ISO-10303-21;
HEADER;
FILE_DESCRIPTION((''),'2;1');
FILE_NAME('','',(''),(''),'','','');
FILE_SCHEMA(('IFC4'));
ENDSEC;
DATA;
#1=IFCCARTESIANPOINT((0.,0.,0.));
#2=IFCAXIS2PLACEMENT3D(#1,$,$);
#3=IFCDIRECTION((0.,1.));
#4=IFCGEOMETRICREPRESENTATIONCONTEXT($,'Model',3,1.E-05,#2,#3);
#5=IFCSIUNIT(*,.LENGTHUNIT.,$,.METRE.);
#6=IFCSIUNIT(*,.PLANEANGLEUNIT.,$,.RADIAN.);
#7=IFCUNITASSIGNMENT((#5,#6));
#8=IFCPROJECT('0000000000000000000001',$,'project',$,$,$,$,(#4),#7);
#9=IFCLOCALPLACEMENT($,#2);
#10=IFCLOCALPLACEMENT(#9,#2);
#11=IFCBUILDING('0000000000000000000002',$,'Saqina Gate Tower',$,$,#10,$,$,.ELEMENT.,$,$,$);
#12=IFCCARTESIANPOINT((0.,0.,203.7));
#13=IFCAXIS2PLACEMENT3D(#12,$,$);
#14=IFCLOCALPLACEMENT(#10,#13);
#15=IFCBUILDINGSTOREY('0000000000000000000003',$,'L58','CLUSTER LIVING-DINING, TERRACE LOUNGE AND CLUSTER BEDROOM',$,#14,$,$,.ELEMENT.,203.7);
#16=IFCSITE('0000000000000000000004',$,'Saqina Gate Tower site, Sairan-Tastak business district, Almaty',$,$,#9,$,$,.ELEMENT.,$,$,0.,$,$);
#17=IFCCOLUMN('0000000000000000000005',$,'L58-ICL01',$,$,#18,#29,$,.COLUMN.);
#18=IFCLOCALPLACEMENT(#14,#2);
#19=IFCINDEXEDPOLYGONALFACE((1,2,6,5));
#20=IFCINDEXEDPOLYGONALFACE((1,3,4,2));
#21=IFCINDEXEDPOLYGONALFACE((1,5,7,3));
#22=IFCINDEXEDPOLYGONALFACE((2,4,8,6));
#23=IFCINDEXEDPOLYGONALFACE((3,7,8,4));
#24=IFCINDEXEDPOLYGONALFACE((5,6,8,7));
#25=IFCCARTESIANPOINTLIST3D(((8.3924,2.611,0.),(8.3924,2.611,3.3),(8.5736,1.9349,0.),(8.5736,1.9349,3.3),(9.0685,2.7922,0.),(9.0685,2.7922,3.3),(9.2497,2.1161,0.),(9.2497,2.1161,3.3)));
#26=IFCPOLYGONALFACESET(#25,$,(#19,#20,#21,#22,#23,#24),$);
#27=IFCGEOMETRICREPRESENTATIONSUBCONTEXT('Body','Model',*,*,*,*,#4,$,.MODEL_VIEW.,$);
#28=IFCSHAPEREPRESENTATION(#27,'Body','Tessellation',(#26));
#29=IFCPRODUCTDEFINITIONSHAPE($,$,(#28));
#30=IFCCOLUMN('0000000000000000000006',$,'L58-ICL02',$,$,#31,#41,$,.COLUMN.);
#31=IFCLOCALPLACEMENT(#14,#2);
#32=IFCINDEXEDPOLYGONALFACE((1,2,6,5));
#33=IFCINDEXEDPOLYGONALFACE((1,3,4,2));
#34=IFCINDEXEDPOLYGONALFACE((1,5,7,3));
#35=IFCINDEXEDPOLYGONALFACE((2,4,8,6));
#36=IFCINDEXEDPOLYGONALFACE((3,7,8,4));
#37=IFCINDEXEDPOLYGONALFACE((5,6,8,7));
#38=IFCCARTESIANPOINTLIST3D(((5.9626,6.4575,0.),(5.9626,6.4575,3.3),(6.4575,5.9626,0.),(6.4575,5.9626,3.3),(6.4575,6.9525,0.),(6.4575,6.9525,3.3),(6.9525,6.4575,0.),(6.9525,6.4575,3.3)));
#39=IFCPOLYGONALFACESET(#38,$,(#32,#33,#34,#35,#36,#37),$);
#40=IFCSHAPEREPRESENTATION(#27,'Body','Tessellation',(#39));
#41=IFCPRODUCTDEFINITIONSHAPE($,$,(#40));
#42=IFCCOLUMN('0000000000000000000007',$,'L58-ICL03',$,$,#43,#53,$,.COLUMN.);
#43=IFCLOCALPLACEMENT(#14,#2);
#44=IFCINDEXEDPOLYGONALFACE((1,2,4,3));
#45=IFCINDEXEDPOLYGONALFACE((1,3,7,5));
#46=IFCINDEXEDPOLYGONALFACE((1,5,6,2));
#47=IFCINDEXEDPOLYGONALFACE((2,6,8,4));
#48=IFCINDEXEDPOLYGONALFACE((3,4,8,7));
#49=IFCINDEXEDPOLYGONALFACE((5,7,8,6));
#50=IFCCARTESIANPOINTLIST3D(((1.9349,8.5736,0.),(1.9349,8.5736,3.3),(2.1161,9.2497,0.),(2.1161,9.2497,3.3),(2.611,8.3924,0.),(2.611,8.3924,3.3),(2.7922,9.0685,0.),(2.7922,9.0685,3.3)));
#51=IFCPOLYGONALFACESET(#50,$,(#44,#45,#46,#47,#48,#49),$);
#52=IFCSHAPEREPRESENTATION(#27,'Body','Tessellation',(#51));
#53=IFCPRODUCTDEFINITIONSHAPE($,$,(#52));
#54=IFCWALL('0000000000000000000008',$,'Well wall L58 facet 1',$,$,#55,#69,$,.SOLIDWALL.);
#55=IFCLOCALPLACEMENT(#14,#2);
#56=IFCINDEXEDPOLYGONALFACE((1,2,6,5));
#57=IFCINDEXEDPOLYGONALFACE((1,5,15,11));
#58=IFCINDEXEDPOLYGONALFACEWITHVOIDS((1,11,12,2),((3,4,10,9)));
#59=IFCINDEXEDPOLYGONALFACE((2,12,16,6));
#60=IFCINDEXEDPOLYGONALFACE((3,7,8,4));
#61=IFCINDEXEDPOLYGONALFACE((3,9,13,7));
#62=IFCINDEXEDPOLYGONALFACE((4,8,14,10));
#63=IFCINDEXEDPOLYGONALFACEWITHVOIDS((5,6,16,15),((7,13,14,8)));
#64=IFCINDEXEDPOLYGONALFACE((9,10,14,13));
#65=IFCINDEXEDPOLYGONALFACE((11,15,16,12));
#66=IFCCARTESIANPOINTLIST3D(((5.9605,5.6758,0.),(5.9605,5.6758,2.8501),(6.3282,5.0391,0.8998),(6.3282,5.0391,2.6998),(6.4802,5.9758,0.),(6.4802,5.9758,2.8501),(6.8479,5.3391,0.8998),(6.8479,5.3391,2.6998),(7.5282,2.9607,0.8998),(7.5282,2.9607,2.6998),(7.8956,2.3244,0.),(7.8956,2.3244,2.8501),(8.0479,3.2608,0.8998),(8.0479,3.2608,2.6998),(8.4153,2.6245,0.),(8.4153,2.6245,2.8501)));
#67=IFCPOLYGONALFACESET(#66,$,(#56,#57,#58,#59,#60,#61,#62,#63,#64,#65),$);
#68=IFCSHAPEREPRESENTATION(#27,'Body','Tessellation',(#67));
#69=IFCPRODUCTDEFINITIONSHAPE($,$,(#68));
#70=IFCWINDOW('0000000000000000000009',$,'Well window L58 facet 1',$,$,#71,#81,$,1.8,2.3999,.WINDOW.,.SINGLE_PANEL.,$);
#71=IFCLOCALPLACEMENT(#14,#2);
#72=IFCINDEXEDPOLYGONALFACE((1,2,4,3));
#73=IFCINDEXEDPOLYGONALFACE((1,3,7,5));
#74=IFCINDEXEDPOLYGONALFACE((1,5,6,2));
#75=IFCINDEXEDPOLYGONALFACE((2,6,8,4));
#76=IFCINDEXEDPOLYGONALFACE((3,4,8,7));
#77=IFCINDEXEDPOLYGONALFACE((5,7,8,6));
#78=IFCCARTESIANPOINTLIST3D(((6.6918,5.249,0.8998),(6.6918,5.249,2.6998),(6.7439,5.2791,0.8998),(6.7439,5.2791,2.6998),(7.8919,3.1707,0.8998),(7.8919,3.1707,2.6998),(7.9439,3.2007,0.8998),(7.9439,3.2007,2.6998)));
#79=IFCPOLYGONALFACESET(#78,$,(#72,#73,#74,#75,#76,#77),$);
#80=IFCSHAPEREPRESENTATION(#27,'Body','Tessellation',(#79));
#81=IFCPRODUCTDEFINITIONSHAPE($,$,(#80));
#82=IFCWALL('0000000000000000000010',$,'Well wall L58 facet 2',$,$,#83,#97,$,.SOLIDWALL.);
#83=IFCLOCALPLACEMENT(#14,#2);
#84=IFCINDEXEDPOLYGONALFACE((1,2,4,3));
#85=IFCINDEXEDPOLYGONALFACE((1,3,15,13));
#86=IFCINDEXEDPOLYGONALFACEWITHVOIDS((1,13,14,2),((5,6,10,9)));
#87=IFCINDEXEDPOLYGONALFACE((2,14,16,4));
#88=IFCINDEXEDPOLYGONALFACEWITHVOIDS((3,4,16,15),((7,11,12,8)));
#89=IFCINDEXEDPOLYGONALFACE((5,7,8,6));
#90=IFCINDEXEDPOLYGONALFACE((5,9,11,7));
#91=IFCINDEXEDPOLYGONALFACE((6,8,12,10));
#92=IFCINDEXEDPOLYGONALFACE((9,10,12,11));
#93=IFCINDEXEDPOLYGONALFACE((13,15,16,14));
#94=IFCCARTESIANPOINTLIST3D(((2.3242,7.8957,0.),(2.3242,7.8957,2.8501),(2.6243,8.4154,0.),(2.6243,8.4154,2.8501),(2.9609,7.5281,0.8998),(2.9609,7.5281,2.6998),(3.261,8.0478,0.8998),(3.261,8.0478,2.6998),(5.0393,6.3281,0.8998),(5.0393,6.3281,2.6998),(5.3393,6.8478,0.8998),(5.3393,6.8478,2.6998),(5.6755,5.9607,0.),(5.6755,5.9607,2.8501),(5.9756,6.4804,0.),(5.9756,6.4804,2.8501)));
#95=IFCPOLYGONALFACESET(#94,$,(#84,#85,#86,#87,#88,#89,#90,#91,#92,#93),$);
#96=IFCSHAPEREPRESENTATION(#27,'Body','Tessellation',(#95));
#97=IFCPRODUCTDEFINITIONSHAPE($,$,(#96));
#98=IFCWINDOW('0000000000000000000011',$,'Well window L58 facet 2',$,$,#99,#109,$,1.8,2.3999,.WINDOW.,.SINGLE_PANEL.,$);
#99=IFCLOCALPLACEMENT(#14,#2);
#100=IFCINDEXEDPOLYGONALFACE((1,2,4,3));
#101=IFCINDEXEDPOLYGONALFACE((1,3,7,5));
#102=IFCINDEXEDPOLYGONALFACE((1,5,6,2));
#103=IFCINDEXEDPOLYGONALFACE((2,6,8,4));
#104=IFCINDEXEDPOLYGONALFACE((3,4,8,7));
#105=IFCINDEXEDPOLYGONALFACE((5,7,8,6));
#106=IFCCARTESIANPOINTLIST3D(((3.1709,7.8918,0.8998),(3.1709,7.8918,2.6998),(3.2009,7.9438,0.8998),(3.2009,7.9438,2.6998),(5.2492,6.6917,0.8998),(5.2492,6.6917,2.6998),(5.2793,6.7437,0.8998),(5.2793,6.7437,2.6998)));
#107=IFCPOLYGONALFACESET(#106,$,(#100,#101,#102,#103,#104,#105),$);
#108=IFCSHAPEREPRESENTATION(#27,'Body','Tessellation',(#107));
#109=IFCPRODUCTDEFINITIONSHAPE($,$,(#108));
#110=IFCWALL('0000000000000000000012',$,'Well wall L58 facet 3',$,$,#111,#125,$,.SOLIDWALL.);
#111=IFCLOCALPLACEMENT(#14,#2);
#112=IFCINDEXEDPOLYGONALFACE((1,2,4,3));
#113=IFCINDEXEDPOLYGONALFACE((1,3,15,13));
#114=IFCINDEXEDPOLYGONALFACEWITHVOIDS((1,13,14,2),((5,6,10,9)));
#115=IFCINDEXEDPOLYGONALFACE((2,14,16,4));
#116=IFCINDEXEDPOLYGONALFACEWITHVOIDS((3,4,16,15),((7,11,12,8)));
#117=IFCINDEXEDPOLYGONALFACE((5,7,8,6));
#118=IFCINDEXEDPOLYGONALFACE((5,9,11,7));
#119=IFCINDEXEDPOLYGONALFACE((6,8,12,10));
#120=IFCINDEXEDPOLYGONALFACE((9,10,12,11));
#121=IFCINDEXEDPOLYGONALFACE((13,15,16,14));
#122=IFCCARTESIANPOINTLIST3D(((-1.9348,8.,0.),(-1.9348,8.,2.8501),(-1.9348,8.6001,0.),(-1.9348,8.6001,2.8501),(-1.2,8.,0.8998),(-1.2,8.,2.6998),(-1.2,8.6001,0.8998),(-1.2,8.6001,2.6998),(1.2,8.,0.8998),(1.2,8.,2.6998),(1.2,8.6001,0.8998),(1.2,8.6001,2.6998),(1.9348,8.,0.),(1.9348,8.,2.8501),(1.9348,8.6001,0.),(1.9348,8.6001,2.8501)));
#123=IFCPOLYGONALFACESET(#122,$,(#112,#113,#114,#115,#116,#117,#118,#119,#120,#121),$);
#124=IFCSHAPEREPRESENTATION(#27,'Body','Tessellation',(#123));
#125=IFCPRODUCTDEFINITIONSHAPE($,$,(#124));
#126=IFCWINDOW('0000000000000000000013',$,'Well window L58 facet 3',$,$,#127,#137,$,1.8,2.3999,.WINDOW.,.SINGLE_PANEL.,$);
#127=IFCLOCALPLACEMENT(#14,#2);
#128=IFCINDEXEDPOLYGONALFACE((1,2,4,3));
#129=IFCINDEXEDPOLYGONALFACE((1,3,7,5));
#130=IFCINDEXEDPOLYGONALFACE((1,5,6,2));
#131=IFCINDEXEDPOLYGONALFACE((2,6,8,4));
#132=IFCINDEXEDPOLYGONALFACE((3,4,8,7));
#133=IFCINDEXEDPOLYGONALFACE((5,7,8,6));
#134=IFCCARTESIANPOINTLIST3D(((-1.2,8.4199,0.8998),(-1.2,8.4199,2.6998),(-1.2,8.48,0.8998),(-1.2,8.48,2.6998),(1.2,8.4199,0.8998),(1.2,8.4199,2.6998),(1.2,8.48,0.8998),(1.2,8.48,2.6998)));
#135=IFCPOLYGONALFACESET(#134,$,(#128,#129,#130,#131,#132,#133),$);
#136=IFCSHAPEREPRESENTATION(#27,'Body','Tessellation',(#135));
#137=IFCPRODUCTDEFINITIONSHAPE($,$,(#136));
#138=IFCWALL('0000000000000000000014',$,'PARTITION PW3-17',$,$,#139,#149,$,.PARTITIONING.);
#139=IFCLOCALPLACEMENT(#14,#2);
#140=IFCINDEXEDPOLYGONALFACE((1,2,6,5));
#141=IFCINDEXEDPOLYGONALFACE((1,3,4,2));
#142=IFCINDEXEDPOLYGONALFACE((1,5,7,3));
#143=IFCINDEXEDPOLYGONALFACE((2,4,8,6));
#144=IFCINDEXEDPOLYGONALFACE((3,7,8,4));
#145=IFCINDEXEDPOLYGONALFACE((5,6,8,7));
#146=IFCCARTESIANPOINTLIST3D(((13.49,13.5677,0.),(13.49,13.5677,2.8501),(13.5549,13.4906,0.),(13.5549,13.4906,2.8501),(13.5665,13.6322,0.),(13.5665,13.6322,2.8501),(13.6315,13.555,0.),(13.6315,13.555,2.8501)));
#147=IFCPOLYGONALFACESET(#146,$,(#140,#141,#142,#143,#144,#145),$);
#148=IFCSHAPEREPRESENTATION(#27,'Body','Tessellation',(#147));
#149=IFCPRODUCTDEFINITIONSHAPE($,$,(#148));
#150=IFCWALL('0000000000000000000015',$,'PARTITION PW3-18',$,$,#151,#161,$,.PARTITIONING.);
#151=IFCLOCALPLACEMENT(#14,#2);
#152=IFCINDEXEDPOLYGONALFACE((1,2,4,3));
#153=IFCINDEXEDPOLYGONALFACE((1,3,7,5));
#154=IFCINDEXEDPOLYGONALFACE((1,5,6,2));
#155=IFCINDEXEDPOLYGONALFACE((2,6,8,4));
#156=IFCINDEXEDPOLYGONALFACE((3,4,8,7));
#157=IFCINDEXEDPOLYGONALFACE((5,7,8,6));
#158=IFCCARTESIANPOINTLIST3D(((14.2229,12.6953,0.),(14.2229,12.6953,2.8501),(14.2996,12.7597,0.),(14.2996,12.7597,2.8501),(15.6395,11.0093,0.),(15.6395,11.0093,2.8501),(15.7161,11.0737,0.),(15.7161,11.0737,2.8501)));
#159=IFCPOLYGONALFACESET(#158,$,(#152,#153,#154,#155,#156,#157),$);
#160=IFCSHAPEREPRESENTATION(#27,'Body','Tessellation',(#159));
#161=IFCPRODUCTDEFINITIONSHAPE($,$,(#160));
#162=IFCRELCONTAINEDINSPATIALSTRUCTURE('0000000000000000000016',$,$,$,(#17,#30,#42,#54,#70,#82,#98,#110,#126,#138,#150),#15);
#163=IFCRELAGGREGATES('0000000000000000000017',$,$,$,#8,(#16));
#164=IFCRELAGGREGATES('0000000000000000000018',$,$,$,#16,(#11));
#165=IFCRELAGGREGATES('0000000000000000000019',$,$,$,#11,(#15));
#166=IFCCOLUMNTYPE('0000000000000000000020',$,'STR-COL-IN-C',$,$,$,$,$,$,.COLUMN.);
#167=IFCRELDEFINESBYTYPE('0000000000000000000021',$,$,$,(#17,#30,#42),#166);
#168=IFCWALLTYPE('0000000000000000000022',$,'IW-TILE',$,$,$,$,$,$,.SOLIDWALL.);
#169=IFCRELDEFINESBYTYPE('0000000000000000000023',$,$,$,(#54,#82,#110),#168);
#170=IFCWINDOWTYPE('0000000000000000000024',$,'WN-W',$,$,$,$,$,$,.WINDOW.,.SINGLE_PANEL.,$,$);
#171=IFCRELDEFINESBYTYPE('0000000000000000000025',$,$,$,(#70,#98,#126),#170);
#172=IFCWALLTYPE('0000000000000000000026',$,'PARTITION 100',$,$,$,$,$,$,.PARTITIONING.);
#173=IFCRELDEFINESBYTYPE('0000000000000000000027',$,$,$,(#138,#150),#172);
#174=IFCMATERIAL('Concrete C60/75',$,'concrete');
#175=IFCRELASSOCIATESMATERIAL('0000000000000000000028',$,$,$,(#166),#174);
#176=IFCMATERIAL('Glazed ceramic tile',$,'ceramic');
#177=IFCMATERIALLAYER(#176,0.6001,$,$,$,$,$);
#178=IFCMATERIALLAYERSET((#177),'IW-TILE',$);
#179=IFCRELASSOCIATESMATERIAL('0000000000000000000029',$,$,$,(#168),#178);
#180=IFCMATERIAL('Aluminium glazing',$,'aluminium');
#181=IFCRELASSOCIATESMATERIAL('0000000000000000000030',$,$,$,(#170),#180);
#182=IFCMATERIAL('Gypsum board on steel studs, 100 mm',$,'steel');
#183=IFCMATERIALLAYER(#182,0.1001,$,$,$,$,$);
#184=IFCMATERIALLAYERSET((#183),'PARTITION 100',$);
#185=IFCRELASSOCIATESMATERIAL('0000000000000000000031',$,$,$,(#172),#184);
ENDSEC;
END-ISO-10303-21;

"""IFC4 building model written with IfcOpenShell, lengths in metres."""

from ifc_helpers import new_model, si_unit, direction, frame, frame_2d, origin, origin_2d, place, context, subcontext, project, spatial, rectangle, extrude, material, layer, layer_set, material_profile, profile_set, type_object, element, fill, save


model = new_model("IFC4")

# Units and contexts
model_context = context("Model", 3, precision=1e-05, world=origin(), true_north=direction((0.0, 1.0)))
body_context = subcontext(model_context, "Body", "Model", "MODEL_VIEW")
ifc_project = project(units=[si_unit("LENGTHUNIT", "METRE"), si_unit("PLANEANGLEUNIT", "RADIAN")], contexts=[model_context])

# Site, building, storey
site_placement = place(None, origin())
site = spatial("IfcSite", under=ifc_project, at=site_placement, Name="Saqina Gate Tower site, Sairan-Tastak business district, Almaty", CompositionType="ELEMENT", RefElevation=0.0)
building_placement = place(site_placement, origin())
building = spatial("IfcBuilding", under=site, at=building_placement, Name="Saqina Gate Tower", CompositionType="ELEMENT")
storey_placement = place(building_placement, frame((0.0, 0.0, 203.7)))
storey = spatial("IfcBuildingStorey", under=building, at=storey_placement, Name="L58", Description="CLUSTER LIVING-DINING, TERRACE LOUNGE AND CLUSTER BEDROOM", CompositionType="ELEMENT", Elevation=203.7)

# Columns
ifc_material_1 = material(Name="Concrete C60/75", Category="concrete")
ifc_material_profile = material_profile(ifc_material_1, rectangle(XDim=0.7, YDim=0.7, at=origin_2d()), Name="RC 700x700")
ifc_profile_set = profile_set([ifc_material_profile], Name="Concrete C60/75")
column_type = type_object("IfcColumnType", Name="STR-COL-IN-C", PredefinedType="COLUMN", material=ifc_profile_set)
for number, where, z_axis, x_axis, name in (
    (1, (8.821, 2.3635, 0.0), (0.0, 0.0, 1.0), (0.965926, 0.258819, 0.0), "L58-ICL01"),
    (2, (6.4575, 6.4575, 0.0), (0.0, 0.0, 1.0), (0.707107, 0.707107, 0.0), "L58-ICL02"),
    (3, (2.3635, 8.821, 0.0), (0.0, 0.0, 1.0), (0.258819, 0.965926, 0.0), "L58-ICL03"),
):
    element("IfcColumn", number, at=place(storey_placement, frame(where, z_axis=z_axis, x_axis=x_axis)), inside=storey, type_object=column_type, Name=name, PredefinedType="COLUMN", context=body_context, shape_type="SweptSolid", body=[
        extrude(rectangle(XDim=0.7, YDim=0.7, at=origin_2d()), origin(), (0.0, 0.0, 1.0), 3.3),
    ])

# Walls, openings, windows
ifc_material_2 = material(Name="Glazed ceramic tile", Category="ceramic")
ifc_layer_1 = layer(ifc_material_2, 0.6001)
ifc_layer_set_1 = layer_set([ifc_layer_1], Name="IW-TILE")
wall_type_1 = type_object("IfcWallType", Name="IW-TILE", PredefinedType="SOLIDWALL", material=ifc_layer_set_1)
wall_1_placement = place(storey_placement, frame((8.1555, 2.4744, 0.0), z_axis=(0.0, 0.0, 1.0), x_axis=(-0.500034, 0.866006, 0.0)))
wall_1 = element("IfcWall", 4, at=wall_1_placement, inside=storey, type_object=wall_type_1, Name="Well wall L58 facet 1", PredefinedType="SOLIDWALL", context=body_context, shape_type="SweptSolid", body=[
    extrude(rectangle(XDim=3.8699, YDim=0.6001, at=frame_2d((1.9351, 0.0))), origin(), (0.0, 0.0, 1.0), 2.8501),
])
opening_1_placement = place(wall_1_placement, frame((0.7349, 0.0, 0.8999)))
opening_1 = element("IfcOpeningElement", 5, at=opening_1_placement, cuts=wall_1, PredefinedType="OPENING", context=body_context, shape_type="SweptSolid", body=[
    extrude(rectangle(XDim=2.3999, YDim=1.8, at=frame_2d((1.2, 0.8999))), frame((0.0, 0.312, 0.0), z_axis=(0.0, -1.0, 0.0), x_axis=(1.0, 0.0, 0.0)), (0.0, 0.0, 1.0), 0.624),
])
ifc_material_3 = material(Name="Aluminium glazing", Category="aluminium")
window_type = type_object("IfcWindowType", Name="WN-W", PartitioningType="SINGLE_PANEL", PredefinedType="WINDOW", material=ifc_material_3)
window_1_placement = place(opening_1_placement, origin())
window_1 = element("IfcWindow", 6, at=window_1_placement, inside=storey, type_object=window_type, Name="Well window L58 facet 1", OverallHeight=1.8, OverallWidth=2.3999, PartitioningType="SINGLE_PANEL", PredefinedType="WINDOW", context=body_context, shape_type="SweptSolid", body=[
    extrude(rectangle(XDim=2.3999, YDim=1.8, at=frame_2d((1.2, 0.8999))), frame((0.0, -0.1199, 0.0), z_axis=(0.0, -1.0, 0.0), x_axis=(1.0, 0.0, 0.0)), (0.0, 0.0, 1.0), 0.0601),
])
fill(opening_1, window_1)
wall_2_placement = place(storey_placement, frame((5.8257, 6.2205, 0.0), z_axis=(0.0, 0.0, 1.0), x_axis=(-0.866006, 0.500034, 0.0)))
wall_2 = element("IfcWall", 7, at=wall_2_placement, inside=storey, type_object=wall_type_1, Name="Well wall L58 facet 2", PredefinedType="SOLIDWALL", context=body_context, shape_type="SweptSolid", body=[
    extrude(rectangle(XDim=3.8699, YDim=0.6001, at=frame_2d((1.9351, 0.0))), origin(), (0.0, 0.0, 1.0), 2.8501),
])
opening_2_placement = place(wall_2_placement, frame((0.7349, 0.0, 0.8999)))
opening_2 = element("IfcOpeningElement", 8, at=opening_2_placement, cuts=wall_2, PredefinedType="OPENING", context=body_context, shape_type="SweptSolid", body=[
    extrude(rectangle(XDim=2.3999, YDim=1.8, at=frame_2d((1.2, 0.8999))), frame((0.0, 0.312, 0.0), z_axis=(0.0, -1.0, 0.0), x_axis=(1.0, 0.0, 0.0)), (0.0, 0.0, 1.0), 0.624),
])
window_2_placement = place(opening_2_placement, origin())
window_2 = element("IfcWindow", 9, at=window_2_placement, inside=storey, type_object=window_type, Name="Well window L58 facet 2", OverallHeight=1.8, OverallWidth=2.3999, PartitioningType="SINGLE_PANEL", PredefinedType="WINDOW", context=body_context, shape_type="SweptSolid", body=[
    extrude(rectangle(XDim=2.3999, YDim=1.8, at=frame_2d((1.2, 0.8999))), frame((0.0, -0.1199, 0.0), z_axis=(0.0, -1.0, 0.0), x_axis=(1.0, 0.0, 0.0)), (0.0, 0.0, 1.0), 0.0601),
])
fill(opening_2, window_2)
wall_3_placement = place(storey_placement, frame((1.9348, 8.3, 0.0), z_axis=(0.0, 0.0, 1.0), x_axis=(-1.0, 0.0, 0.0)))
wall_3 = element("IfcWall", 10, at=wall_3_placement, inside=storey, type_object=wall_type_1, Name="Well wall L58 facet 3", PredefinedType="SOLIDWALL", context=body_context, shape_type="SweptSolid", body=[
    extrude(rectangle(XDim=3.8696, YDim=0.6001, at=frame_2d((1.9348, 0.0))), origin(), (0.0, 0.0, 1.0), 2.8501),
])
opening_3_placement = place(wall_3_placement, frame((0.7349, 0.0, 0.8999)))
opening_3 = element("IfcOpeningElement", 11, at=opening_3_placement, cuts=wall_3, PredefinedType="OPENING", context=body_context, shape_type="SweptSolid", body=[
    extrude(rectangle(XDim=2.3999, YDim=1.8, at=frame_2d((1.2, 0.8999))), frame((0.0, 0.312, 0.0), z_axis=(0.0, -1.0, 0.0), x_axis=(1.0, 0.0, 0.0)), (0.0, 0.0, 1.0), 0.624),
])
window_3_placement = place(opening_3_placement, origin())
window_3 = element("IfcWindow", 12, at=window_3_placement, inside=storey, type_object=window_type, Name="Well window L58 facet 3", OverallHeight=1.8, OverallWidth=2.3999, PartitioningType="SINGLE_PANEL", PredefinedType="WINDOW", context=body_context, shape_type="SweptSolid", body=[
    extrude(rectangle(XDim=2.3999, YDim=1.8, at=frame_2d((1.2, 0.8999))), frame((0.0, -0.1199, 0.0), z_axis=(0.0, -1.0, 0.0), x_axis=(1.0, 0.0, 0.0)), (0.0, 0.0, 1.0), 0.0601),
])
fill(opening_3, window_3)

# Walls
ifc_material_4 = material(Name="Gypsum board on steel studs, 100 mm", Category="steel")
ifc_layer_2 = layer(ifc_material_4, 0.1001)
ifc_layer_set_2 = layer_set([ifc_layer_2], Name="PARTITION 100")
wall_type_2 = type_object("IfcWallType", Name="PARTITION 100", PredefinedType="PARTITIONING", material=ifc_layer_set_2)
wall_4_placement = place(storey_placement, frame((13.5283, 13.5999, 0.0), z_axis=(0.0, 0.0, 1.0), x_axis=(0.643987, -0.765037, 0.0)))
element("IfcWall", 13, at=wall_4_placement, inside=storey, type_object=wall_type_2, Name="PARTITION PW3-17", PredefinedType="PARTITIONING", context=body_context, shape_type="SweptSolid", body=[
    extrude(rectangle(XDim=0.1008, YDim=0.1001, at=frame_2d((0.0503, 0.0))), origin(), (0.0, 0.0, 1.0), 2.8501),
])
wall_5_placement = place(storey_placement, frame((14.2612, 12.7275, 0.0), z_axis=(0.0, 0.0, 1.0), x_axis=(0.643254, -0.765652, 0.0)))
element("IfcWall", 14, at=wall_5_placement, inside=storey, type_object=wall_type_2, Name="PARTITION PW3-18", PredefinedType="PARTITIONING", context=body_context, shape_type="SweptSolid", body=[
    extrude(rectangle(XDim=2.2021, YDim=0.1001, at=frame_2d((1.1011, 0.0))), origin(), (0.0, 0.0, 1.0), 2.8501),
])

save(model, "model.ifc")
